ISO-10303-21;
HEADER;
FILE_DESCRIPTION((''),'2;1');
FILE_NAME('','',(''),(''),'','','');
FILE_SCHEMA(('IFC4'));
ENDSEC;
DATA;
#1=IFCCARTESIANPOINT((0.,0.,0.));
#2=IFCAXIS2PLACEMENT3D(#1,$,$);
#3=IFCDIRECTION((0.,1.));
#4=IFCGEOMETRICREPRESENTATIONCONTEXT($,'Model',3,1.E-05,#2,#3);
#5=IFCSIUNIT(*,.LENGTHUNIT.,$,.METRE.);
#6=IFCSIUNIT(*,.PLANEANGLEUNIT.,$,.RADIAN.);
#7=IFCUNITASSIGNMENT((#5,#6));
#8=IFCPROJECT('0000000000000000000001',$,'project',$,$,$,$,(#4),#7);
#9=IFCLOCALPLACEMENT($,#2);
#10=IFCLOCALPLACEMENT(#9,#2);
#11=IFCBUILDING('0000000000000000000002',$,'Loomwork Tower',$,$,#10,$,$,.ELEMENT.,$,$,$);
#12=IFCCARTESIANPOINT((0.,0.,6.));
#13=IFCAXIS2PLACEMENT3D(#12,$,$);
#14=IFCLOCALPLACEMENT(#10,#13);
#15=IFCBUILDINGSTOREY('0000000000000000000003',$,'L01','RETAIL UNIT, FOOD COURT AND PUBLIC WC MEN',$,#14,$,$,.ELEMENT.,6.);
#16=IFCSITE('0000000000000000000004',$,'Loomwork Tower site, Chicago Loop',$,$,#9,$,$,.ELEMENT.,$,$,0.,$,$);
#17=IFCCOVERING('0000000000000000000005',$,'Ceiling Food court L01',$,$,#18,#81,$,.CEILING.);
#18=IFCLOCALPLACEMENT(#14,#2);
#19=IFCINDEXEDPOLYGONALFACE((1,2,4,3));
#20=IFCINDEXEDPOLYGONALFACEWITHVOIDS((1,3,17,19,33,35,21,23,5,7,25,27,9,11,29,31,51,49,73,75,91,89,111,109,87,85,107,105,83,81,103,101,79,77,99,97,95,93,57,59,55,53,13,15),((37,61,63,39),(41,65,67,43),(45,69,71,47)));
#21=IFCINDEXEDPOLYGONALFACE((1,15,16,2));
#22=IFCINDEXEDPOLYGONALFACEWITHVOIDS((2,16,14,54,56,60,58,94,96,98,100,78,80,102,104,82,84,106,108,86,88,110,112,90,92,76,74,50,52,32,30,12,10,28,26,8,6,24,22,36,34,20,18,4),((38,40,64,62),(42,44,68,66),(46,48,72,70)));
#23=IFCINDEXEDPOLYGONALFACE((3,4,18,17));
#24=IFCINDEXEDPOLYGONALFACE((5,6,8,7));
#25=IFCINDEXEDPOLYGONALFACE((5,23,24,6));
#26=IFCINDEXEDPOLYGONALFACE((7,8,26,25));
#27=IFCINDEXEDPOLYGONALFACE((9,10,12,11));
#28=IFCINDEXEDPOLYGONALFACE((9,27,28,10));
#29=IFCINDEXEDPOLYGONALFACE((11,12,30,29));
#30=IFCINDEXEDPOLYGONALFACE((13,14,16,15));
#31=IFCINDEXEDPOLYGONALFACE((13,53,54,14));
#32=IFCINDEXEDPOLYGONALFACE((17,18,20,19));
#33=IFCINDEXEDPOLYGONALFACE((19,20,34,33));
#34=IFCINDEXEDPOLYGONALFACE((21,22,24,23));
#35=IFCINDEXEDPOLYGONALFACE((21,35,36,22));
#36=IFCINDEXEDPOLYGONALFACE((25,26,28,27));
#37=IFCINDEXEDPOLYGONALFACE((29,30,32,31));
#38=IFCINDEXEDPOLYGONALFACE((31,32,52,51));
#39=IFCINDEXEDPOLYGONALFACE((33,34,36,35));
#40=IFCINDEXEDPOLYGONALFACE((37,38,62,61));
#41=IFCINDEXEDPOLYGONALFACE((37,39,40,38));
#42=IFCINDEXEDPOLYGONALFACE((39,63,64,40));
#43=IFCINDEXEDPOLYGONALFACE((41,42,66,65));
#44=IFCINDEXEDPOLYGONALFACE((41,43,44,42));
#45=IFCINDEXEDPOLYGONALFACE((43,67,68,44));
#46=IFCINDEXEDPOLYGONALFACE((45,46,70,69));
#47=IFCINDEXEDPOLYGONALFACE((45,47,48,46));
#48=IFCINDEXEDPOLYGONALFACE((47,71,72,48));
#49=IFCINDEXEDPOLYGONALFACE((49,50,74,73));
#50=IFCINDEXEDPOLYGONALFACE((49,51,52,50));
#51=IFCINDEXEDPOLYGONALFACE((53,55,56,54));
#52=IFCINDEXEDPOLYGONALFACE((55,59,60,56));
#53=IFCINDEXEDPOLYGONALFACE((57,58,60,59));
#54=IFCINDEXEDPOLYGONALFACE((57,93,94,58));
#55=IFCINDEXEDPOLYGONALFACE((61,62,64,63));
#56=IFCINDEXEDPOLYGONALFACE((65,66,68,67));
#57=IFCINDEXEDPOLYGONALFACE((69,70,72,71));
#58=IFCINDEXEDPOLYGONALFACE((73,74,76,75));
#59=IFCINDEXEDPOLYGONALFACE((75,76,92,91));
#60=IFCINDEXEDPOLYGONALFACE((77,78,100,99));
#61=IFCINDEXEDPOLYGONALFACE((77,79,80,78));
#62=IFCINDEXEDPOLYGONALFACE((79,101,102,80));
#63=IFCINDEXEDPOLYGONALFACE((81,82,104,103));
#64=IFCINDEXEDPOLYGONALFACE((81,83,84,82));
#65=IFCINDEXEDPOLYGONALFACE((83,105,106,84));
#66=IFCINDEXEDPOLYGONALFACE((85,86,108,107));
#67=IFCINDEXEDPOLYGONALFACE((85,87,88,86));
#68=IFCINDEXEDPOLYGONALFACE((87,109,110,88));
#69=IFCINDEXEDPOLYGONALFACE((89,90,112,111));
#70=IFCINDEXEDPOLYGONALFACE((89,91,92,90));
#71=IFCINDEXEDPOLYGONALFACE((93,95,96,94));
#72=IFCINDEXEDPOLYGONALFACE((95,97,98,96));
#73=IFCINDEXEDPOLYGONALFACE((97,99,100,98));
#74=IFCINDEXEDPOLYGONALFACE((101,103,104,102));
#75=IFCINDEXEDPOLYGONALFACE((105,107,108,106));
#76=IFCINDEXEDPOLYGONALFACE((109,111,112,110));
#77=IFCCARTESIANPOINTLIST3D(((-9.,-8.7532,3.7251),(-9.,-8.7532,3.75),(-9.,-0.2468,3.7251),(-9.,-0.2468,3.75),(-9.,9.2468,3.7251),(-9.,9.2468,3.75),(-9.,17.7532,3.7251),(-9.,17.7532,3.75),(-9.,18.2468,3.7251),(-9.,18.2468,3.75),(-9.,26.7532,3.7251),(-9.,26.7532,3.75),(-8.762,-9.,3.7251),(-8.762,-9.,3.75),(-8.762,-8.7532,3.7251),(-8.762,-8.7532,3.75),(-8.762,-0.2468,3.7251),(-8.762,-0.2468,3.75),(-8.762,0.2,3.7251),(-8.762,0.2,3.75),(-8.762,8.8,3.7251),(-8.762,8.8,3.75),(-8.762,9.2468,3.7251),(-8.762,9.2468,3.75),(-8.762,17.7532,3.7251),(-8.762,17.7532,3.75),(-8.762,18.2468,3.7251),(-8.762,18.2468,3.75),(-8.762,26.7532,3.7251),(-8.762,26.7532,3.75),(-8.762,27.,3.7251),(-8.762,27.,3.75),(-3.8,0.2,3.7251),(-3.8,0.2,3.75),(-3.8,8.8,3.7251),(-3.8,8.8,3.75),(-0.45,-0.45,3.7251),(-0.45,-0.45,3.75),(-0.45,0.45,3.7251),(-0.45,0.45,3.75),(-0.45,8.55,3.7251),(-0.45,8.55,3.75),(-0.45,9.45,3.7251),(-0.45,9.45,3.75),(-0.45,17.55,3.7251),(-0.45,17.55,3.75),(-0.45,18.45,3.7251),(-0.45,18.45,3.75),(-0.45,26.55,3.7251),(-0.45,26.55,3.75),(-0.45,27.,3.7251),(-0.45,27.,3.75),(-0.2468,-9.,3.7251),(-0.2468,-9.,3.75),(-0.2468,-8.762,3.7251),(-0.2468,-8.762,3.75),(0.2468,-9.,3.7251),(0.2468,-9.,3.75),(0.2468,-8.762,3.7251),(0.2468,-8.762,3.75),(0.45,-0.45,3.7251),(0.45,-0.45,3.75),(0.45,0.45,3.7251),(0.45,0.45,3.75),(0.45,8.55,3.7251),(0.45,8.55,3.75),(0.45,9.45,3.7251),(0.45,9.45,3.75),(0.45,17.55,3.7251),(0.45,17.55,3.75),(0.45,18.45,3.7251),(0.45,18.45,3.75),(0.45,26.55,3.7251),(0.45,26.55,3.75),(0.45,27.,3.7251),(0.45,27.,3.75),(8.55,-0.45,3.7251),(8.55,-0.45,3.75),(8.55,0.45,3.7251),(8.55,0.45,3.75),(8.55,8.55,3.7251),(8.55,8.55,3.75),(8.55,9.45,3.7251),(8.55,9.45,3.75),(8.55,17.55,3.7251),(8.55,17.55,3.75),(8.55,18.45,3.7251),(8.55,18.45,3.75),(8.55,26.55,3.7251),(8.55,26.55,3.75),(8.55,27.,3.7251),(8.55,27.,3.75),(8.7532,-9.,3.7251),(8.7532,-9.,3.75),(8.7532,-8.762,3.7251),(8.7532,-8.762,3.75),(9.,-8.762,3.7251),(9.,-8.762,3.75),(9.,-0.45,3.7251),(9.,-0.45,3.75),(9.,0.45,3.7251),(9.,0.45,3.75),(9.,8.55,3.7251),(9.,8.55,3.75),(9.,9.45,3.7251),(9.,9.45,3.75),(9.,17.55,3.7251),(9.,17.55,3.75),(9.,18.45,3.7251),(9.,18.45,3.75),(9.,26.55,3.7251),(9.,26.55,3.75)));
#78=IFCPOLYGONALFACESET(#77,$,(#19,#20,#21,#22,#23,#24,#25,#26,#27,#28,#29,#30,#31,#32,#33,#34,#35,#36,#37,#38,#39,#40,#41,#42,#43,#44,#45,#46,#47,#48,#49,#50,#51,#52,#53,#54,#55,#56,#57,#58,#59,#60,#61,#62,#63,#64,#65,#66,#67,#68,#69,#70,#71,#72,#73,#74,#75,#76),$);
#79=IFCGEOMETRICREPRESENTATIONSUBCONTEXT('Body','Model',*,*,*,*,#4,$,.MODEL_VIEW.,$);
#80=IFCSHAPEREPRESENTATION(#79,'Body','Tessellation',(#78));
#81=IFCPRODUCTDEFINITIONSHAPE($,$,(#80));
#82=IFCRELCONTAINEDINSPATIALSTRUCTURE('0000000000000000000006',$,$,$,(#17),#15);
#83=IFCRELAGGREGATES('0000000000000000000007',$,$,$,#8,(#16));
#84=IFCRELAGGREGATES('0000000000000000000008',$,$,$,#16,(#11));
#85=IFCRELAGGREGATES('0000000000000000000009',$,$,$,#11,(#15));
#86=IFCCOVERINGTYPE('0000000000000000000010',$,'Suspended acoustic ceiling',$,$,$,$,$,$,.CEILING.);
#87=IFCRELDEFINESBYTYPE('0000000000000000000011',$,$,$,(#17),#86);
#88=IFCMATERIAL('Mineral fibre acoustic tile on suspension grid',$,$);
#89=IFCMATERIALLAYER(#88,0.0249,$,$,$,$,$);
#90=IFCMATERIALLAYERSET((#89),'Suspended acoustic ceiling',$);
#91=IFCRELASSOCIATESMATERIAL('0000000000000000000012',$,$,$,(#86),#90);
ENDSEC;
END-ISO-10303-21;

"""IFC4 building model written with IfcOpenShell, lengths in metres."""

from ifc_helpers import new_model, si_unit, direction, frame, origin, place, context, subcontext, project, spatial, polyline, outline, extrude, material, layer, layer_set, type_object, element, save


model = new_model("IFC4")

# Units and contexts
model_context = context("Model", 3, precision=1e-05, world=origin(), true_north=direction((0.0, 1.0)))
body_context = subcontext(model_context, "Body", "Model", "MODEL_VIEW")
ifc_project = project(units=[si_unit("LENGTHUNIT", "METRE"), si_unit("PLANEANGLEUNIT", "RADIAN")], contexts=[model_context])

# Site, building, storey
site_placement = place(None, origin())
site = spatial("IfcSite", under=ifc_project, at=site_placement, Name="Loomwork Tower site, Chicago Loop", CompositionType="ELEMENT", RefElevation=0.0)
building_placement = place(site_placement, origin())
building = spatial("IfcBuilding", under=site, at=building_placement, Name="Loomwork Tower", CompositionType="ELEMENT")
storey_placement = place(building_placement, frame((0.0, 0.0, 6.0)))
storey = spatial("IfcBuildingStorey", under=building, at=storey_placement, Name="L01", Description="RETAIL UNIT, FOOD COURT AND PUBLIC WC MEN", CompositionType="ELEMENT", Elevation=6.0)

# Covering
ifc_material_1 = material(Name="Mineral fibre acoustic tile on suspension grid")
ifc_layer_1 = layer(ifc_material_1, 0.0249)
ifc_layer_set_1 = layer_set([ifc_layer_1], Name="Suspended acoustic ceiling")
covering_type = type_object("IfcCoveringType", Name="Suspended acoustic ceiling", PredefinedType="CEILING", material=ifc_layer_set_1)
covering_placement = place(storey_placement, frame((0.0, 0.0, 3.7251)))
element("IfcCovering", 1, at=covering_placement, inside=storey, type_object=covering_type, Name="Ceiling Food court L01", PredefinedType="CEILING", context=body_context, shape_type="SweptSolid", body=[
    extrude(outline(polyline([(-3.8, 0.2), (-3.8, 8.8), (-8.762, 8.8), (-8.762, 9.2468), (-9.0, 9.2468), (-9.0, 17.7532), (-8.762, 17.7532), (-8.762, 18.2468), (-9.0, 18.2468), (-9.0, 26.7532), (-8.762, 26.7532), (-8.762, 27.0), (-0.45, 27.0), (-0.45, 26.55), (0.45, 26.55), (0.45, 27.0), (8.55, 27.0), (8.55, 26.55), (9.0, 26.55), (9.0, 18.45), (8.55, 18.45), (8.55, 17.55), (9.0, 17.55), (9.0, 9.45), (8.55, 9.45), (8.55, 8.55), (9.0, 8.55), (9.0, 0.45), (8.55, 0.45), (8.55, -0.45), (9.0, -0.45), (9.0, -8.762), (8.7532, -8.762), (8.7532, -9.0), (0.2468, -9.0), (0.2468, -8.762), (-0.2468, -8.762), (-0.2468, -9.0), (-8.762, -9.0), (-8.762, -8.7532), (-9.0, -8.7532), (-9.0, -0.2468), (-8.762, -0.2468), (-8.762, 0.2), (-3.8, 0.2)]), holes=[polyline([(-0.45, -0.45), (0.45, -0.45), (0.45, 0.45), (-0.45, 0.45), (-0.45, -0.45)]), polyline([(-0.45, 8.55), (0.45, 8.55), (0.45, 9.45), (-0.45, 9.45), (-0.45, 8.55)]), polyline([(-0.45, 17.55), (0.45, 17.55), (0.45, 18.45), (-0.45, 18.45), (-0.45, 17.55)])]), origin(), (0.0, 0.0, 1.0), 0.0249),
])

save(model, "model.ifc")
